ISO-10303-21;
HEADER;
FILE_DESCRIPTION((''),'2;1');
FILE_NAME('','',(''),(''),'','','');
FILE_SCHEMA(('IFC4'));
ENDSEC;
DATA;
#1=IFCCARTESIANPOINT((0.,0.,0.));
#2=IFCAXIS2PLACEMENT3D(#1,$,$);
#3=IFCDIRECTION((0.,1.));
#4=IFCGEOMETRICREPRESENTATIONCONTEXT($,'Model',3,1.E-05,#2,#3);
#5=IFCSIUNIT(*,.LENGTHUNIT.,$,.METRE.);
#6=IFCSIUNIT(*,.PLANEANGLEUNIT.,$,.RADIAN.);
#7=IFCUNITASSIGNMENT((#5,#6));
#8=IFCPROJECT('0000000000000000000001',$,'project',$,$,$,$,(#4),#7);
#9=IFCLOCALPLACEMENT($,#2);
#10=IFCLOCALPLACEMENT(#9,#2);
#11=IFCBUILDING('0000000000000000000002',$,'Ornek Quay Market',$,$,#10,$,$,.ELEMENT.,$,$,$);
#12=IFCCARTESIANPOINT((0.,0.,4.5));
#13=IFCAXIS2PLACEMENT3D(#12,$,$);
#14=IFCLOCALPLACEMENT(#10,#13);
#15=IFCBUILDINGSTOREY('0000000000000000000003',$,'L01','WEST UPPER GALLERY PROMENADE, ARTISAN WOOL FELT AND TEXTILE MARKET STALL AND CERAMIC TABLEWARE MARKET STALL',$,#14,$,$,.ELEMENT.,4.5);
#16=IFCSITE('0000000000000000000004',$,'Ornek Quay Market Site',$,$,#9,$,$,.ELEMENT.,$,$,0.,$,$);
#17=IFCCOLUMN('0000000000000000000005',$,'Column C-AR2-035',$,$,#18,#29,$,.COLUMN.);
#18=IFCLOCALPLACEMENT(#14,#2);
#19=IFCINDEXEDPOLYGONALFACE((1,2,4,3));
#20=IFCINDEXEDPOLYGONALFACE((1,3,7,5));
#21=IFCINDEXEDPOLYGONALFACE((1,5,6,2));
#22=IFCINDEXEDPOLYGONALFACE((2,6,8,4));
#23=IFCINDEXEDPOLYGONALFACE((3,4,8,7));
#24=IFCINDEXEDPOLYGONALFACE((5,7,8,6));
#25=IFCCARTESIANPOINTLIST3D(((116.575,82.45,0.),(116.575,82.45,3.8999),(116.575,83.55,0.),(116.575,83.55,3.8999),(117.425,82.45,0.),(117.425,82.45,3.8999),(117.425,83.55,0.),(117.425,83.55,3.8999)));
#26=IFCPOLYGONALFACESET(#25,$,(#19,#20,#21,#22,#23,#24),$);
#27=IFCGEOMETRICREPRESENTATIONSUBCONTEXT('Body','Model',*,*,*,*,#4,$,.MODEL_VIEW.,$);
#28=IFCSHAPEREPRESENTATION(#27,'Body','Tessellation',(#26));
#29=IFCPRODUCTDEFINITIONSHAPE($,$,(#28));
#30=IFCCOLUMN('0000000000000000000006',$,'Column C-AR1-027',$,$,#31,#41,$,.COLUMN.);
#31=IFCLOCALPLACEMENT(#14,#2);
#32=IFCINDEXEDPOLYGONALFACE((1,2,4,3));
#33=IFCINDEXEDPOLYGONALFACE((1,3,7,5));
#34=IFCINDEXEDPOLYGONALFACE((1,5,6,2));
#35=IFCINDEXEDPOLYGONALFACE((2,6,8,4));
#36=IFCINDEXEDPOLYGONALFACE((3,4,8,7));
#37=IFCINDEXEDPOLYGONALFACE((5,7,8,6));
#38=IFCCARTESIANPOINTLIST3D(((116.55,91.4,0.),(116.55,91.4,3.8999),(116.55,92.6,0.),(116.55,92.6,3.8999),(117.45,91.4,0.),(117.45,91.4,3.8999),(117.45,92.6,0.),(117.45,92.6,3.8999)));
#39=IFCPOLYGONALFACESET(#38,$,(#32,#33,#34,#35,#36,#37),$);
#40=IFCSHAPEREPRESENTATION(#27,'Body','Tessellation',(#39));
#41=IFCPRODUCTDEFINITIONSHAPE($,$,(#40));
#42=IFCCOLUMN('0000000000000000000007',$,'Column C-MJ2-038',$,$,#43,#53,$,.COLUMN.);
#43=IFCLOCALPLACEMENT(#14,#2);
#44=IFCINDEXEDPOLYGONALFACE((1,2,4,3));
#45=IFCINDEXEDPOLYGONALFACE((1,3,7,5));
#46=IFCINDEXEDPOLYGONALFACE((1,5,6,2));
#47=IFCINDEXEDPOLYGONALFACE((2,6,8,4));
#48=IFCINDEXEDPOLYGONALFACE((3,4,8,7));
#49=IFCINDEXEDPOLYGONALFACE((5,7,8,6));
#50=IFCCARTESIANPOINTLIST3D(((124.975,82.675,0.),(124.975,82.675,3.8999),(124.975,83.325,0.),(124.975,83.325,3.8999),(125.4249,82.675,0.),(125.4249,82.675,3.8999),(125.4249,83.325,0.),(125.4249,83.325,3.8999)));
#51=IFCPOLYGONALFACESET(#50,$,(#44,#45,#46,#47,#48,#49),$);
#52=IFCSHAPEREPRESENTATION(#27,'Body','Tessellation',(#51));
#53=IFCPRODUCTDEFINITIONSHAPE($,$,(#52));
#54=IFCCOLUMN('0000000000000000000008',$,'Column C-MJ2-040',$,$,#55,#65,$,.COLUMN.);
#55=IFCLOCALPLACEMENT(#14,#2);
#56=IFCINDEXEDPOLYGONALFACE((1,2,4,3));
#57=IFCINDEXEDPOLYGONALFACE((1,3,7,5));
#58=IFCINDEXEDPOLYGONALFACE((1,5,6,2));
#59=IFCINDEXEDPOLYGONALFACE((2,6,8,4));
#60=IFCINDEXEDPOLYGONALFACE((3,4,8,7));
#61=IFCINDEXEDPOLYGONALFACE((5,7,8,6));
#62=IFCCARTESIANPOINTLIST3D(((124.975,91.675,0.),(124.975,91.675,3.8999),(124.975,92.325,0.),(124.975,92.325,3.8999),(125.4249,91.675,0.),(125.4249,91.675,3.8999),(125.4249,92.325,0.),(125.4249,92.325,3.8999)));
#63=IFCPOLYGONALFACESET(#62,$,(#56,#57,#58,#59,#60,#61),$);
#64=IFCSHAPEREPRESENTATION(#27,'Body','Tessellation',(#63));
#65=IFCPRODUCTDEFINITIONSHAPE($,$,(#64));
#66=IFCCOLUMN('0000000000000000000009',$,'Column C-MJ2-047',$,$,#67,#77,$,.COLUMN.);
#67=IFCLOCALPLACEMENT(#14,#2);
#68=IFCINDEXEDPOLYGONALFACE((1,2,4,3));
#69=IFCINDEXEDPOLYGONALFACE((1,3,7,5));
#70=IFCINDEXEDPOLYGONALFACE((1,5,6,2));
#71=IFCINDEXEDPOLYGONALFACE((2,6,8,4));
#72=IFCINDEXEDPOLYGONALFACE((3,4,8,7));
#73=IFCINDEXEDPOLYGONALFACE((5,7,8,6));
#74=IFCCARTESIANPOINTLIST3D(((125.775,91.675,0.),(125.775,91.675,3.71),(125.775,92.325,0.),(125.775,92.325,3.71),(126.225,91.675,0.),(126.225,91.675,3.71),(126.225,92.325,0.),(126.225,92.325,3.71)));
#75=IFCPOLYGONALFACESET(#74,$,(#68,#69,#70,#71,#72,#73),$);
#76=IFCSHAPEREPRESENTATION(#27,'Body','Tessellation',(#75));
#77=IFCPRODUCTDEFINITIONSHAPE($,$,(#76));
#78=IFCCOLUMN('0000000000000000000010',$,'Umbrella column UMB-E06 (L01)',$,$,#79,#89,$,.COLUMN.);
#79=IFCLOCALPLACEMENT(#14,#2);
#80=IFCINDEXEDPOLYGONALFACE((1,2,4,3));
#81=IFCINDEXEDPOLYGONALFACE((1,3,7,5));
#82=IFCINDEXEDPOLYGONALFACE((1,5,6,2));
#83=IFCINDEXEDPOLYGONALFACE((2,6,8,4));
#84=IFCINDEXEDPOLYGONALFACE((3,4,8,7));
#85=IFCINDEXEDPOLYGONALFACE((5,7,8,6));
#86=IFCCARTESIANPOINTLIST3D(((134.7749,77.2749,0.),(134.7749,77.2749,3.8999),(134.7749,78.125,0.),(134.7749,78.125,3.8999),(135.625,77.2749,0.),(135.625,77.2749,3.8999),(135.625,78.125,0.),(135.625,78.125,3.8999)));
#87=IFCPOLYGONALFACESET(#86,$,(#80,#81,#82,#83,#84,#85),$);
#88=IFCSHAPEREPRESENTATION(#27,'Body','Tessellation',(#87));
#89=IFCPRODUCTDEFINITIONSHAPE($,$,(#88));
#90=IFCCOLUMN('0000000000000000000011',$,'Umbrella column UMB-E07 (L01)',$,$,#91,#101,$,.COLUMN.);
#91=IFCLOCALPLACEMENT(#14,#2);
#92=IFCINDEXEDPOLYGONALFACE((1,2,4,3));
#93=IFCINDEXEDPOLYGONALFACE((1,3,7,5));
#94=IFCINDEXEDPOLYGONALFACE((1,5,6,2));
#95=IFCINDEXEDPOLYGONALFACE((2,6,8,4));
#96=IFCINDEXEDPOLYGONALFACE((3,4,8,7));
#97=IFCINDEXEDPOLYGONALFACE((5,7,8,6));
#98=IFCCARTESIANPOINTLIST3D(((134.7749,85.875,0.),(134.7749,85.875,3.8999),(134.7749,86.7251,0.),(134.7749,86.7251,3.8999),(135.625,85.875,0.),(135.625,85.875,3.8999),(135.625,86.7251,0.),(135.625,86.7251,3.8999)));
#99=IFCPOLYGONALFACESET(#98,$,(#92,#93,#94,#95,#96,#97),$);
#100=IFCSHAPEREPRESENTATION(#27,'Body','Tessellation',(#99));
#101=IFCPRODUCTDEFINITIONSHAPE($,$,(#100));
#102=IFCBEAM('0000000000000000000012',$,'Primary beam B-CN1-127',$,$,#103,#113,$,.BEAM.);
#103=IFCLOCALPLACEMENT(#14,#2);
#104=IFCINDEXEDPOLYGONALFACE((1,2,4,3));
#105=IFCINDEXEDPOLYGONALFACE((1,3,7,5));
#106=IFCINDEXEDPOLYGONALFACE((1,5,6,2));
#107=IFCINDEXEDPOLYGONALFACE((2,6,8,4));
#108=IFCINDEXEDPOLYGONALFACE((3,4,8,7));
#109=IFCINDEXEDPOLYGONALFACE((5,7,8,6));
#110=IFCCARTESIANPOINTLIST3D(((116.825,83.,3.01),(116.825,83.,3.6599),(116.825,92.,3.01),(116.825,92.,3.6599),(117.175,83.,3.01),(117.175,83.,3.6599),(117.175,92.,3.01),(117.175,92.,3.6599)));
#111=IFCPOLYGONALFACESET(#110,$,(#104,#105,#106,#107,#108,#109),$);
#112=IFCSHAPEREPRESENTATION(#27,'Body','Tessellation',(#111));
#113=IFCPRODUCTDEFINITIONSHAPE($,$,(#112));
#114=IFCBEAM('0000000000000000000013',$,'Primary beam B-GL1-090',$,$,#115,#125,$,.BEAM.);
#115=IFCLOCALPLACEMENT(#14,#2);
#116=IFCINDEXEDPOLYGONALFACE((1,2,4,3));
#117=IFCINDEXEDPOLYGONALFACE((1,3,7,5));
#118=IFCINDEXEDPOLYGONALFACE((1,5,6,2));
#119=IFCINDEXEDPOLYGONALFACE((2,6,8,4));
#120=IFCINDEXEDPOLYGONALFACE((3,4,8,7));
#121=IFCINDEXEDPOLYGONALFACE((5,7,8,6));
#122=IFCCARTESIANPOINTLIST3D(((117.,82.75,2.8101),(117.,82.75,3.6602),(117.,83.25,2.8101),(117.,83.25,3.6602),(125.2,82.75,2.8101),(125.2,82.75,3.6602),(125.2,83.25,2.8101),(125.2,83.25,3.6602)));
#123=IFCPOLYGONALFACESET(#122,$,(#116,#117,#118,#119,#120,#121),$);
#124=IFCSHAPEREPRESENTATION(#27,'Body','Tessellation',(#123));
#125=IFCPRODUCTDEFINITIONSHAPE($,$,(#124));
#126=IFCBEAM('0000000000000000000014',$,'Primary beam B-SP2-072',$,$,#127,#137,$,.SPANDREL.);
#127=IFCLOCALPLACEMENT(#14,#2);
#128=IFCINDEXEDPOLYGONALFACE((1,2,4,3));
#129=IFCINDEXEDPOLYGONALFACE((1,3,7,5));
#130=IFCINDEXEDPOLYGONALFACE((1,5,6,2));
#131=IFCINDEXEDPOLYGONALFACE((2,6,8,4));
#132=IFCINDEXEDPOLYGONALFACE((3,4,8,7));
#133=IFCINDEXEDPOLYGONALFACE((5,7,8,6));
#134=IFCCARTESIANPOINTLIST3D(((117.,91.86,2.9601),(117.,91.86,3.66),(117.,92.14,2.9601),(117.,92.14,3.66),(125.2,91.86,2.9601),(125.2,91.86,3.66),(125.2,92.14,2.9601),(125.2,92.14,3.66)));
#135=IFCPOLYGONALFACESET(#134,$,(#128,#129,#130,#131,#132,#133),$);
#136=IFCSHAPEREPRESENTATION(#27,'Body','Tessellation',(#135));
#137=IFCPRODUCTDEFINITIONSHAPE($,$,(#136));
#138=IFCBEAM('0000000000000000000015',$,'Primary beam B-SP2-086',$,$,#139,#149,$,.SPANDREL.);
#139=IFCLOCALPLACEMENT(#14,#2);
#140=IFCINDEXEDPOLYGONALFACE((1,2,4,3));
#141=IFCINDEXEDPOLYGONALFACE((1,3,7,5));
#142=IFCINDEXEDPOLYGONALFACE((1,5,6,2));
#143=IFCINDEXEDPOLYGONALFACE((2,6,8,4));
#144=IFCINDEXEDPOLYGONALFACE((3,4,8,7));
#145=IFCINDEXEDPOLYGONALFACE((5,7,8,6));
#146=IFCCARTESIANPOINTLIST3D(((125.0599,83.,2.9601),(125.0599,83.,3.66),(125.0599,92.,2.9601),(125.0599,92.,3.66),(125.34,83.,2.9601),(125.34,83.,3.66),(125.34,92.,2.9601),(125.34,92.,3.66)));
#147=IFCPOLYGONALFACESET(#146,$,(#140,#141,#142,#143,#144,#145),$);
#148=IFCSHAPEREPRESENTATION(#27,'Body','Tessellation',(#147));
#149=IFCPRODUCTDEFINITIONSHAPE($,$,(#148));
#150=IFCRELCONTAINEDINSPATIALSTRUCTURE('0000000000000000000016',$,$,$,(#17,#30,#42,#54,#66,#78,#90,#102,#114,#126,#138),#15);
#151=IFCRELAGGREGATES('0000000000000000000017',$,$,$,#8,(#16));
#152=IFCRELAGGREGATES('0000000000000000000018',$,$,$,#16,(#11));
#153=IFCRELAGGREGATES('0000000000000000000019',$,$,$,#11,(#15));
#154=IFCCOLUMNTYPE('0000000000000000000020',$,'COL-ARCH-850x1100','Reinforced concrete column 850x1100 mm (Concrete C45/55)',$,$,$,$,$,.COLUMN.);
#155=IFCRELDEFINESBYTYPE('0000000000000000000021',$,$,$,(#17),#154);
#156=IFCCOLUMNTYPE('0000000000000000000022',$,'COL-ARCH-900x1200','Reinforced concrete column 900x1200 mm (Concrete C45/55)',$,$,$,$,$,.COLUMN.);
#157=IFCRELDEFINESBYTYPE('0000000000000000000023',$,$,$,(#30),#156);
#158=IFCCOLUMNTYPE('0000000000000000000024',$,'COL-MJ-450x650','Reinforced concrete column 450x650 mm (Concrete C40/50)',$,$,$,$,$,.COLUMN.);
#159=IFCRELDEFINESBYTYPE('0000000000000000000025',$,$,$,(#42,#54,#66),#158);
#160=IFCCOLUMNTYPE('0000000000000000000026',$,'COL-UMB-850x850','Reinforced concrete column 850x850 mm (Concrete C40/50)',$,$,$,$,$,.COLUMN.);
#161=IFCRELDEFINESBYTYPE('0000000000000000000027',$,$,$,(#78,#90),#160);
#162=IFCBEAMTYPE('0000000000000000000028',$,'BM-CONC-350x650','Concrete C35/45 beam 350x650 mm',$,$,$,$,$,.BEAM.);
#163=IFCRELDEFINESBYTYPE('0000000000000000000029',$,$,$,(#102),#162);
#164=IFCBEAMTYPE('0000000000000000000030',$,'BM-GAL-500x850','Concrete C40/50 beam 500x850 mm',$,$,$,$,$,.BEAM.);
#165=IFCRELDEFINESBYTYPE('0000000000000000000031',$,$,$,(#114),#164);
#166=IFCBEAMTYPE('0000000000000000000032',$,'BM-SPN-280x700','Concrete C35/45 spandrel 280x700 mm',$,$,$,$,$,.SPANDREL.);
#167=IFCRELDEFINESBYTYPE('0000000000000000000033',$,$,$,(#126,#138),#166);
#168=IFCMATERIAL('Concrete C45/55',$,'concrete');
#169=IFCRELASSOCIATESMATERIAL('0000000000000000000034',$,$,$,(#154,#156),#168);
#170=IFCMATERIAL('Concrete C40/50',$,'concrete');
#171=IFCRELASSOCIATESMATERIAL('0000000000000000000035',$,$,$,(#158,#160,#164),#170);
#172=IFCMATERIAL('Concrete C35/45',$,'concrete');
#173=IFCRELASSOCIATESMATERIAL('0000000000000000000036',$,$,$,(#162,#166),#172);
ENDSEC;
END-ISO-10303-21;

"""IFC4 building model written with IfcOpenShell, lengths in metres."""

from ifc_helpers import new_model, si_unit, direction, frame, origin, origin_2d, place, context, subcontext, project, spatial, rectangle, extrude, material, material_profile, profile_set, type_object, element, save


model = new_model("IFC4")

# Units and contexts
model_context = context("Model", 3, precision=1e-05, world=origin(), true_north=direction((0.0, 1.0)))
body_context = subcontext(model_context, "Body", "Model", "MODEL_VIEW")
ifc_project = project(units=[si_unit("LENGTHUNIT", "METRE"), si_unit("PLANEANGLEUNIT", "RADIAN")], contexts=[model_context])

# Site, building, storey
site_placement = place(None, origin())
site = spatial("IfcSite", under=ifc_project, at=site_placement, Name="Ornek Quay Market Site", CompositionType="ELEMENT", RefElevation=0.0)
building_placement = place(site_placement, origin())
building = spatial("IfcBuilding", under=site, at=building_placement, Name="Ornek Quay Market", CompositionType="ELEMENT")
storey_placement = place(building_placement, frame((0.0, 0.0, 4.5)))
storey = spatial("IfcBuildingStorey", under=building, at=storey_placement, Name="L01", Description="WEST UPPER GALLERY PROMENADE, ARTISAN WOOL FELT AND TEXTILE MARKET STALL AND CERAMIC TABLEWARE MARKET STALL", CompositionType="ELEMENT", Elevation=4.5)

# Columns
ifc_material_1 = material(Name="Concrete C45/55", Category="concrete")
ifc_material_profile_1 = material_profile(ifc_material_1, rectangle(XDim=0.8501, YDim=1.1001, at=origin_2d()), Name="RC 850x1100", Category="concrete")
ifc_profile_set_1 = profile_set([ifc_material_profile_1], Name="Concrete C45/55")
column_type_1 = type_object("IfcColumnType", Name="COL-ARCH-850x1100", Description="Reinforced concrete column 850x1100 mm (Concrete C45/55)", PredefinedType="COLUMN", material=ifc_profile_set_1)
column_1_placement = place(storey_placement, frame((117.0, 83.0, 0.0), z_axis=(0.0, 0.0, 1.0), x_axis=(1.0, 0.0, 0.0)))
element("IfcColumn", 1, at=column_1_placement, inside=storey, type_object=column_type_1, Name="Column C-AR2-035", PredefinedType="COLUMN", context=body_context, shape_type="SweptSolid", body=[
    extrude(rectangle(XDim=0.8501, YDim=1.1001, at=origin_2d()), origin(), (0.0, 0.0, 1.0), 3.8999),
])
ifc_material_profile_2 = material_profile(ifc_material_1, rectangle(XDim=0.8999, YDim=1.2, at=origin_2d()), Name="RC 900x1200", Category="concrete")
ifc_profile_set_2 = profile_set([ifc_material_profile_2], Name="Concrete C45/55")
column_type_2 = type_object("IfcColumnType", Name="COL-ARCH-900x1200", Description="Reinforced concrete column 900x1200 mm (Concrete C45/55)", PredefinedType="COLUMN", material=ifc_profile_set_2)
column_2_placement = place(storey_placement, frame((117.0, 92.0, 0.0), z_axis=(0.0, 0.0, 1.0), x_axis=(1.0, 0.0, 0.0)))
element("IfcColumn", 2, at=column_2_placement, inside=storey, type_object=column_type_2, Name="Column C-AR1-027", PredefinedType="COLUMN", context=body_context, shape_type="SweptSolid", body=[
    extrude(rectangle(XDim=0.8999, YDim=1.2, at=origin_2d()), origin(), (0.0, 0.0, 1.0), 3.8999),
])
ifc_material_2 = material(Name="Concrete C40/50", Category="concrete")
ifc_material_profile_3 = material_profile(ifc_material_2, rectangle(XDim=0.45, YDim=0.6499, at=origin_2d()), Name="RC 450x650", Category="concrete")
ifc_profile_set_3 = profile_set([ifc_material_profile_3], Name="Concrete C40/50")
column_type_3 = type_object("IfcColumnType", Name="COL-MJ-450x650", Description="Reinforced concrete column 450x650 mm (Concrete C40/50)", PredefinedType="COLUMN", material=ifc_profile_set_3)
for number, where, z_axis, x_axis, name in (
    (3, (125.2, 83.0, 0.0), (0.0, 0.0, 1.0), (1.0, 0.0, 0.0), "Column C-MJ2-038"),
    (4, (125.2, 92.0, 0.0), (0.0, 0.0, 1.0), (1.0, 0.0, 0.0), "Column C-MJ2-040"),
):
    element("IfcColumn", number, at=place(storey_placement, frame(where, z_axis=z_axis, x_axis=x_axis)), inside=storey, type_object=column_type_3, Name=name, PredefinedType="COLUMN", context=body_context, shape_type="SweptSolid", body=[
        extrude(rectangle(XDim=0.45, YDim=0.6499, at=origin_2d()), origin(), (0.0, 0.0, 1.0), 3.8999),
    ])
column_3_placement = place(storey_placement, frame((126.0, 92.0, 0.0), z_axis=(0.0, 0.0, 1.0), x_axis=(1.0, 0.0, 0.0)))
element("IfcColumn", 5, at=column_3_placement, inside=storey, type_object=column_type_3, Name="Column C-MJ2-047", PredefinedType="COLUMN", context=body_context, shape_type="SweptSolid", body=[
    extrude(rectangle(XDim=0.45, YDim=0.6499, at=origin_2d()), origin(), (0.0, 0.0, 1.0), 3.71),
])
ifc_material_profile_4 = material_profile(ifc_material_2, rectangle(XDim=0.8501, YDim=0.8501, at=origin_2d()), Name="RC 850x850", Category="concrete")
ifc_profile_set_4 = profile_set([ifc_material_profile_4], Name="Concrete C40/50")
column_type_4 = type_object("IfcColumnType", Name="COL-UMB-850x850", Description="Reinforced concrete column 850x850 mm (Concrete C40/50)", PredefinedType="COLUMN", material=ifc_profile_set_4)
for number, where, z_axis, x_axis, name in (
    (6, (135.2, 77.7, 0.0), (0.0, 0.0, 1.0), (1.0, 0.0, 0.0), "Umbrella column UMB-E06 (L01)"),
    (7, (135.2, 86.3, 0.0), (0.0, 0.0, 1.0), (1.0, 0.0, 0.0), "Umbrella column UMB-E07 (L01)"),
):
    element("IfcColumn", number, at=place(storey_placement, frame(where, z_axis=z_axis, x_axis=x_axis)), inside=storey, type_object=column_type_4, Name=name, PredefinedType="COLUMN", context=body_context, shape_type="SweptSolid", body=[
        extrude(rectangle(XDim=0.8501, YDim=0.8501, at=origin_2d()), origin(), (0.0, 0.0, 1.0), 3.8999),
    ])

# Beams
ifc_material_3 = material(Name="Concrete C35/45", Category="concrete")
ifc_material_profile_5 = material_profile(ifc_material_3, rectangle(XDim=0.3501, YDim=0.6499, at=origin_2d()), Name="RC 350x650", Category="concrete")
ifc_profile_set_5 = profile_set([ifc_material_profile_5], Name="Concrete C35/45")
beam_type_1 = type_object("IfcBeamType", Name="BM-CONC-350x650", Description="Concrete C35/45 beam 350x650 mm", PredefinedType="BEAM", material=ifc_profile_set_5)
beam_1_placement = place(storey_placement, frame((117.0, 83.0, 3.335), z_axis=(0.0, 1.0, 0.0), x_axis=(-1.0, 0.0, 0.0)))
element("IfcBeam", 8, at=beam_1_placement, inside=storey, type_object=beam_type_1, Name="Primary beam B-CN1-127", PredefinedType="BEAM", context=body_context, shape_type="SweptSolid", body=[
    extrude(rectangle(XDim=0.3501, YDim=0.6499, at=origin_2d()), origin(), (0.0, 0.0, 1.0), 9.0),
])
ifc_material_profile_6 = material_profile(ifc_material_2, rectangle(XDim=0.5, YDim=0.8501, at=origin_2d()), Name="RC 500x850", Category="concrete")
ifc_profile_set_6 = profile_set([ifc_material_profile_6], Name="Concrete C40/50")
beam_type_2 = type_object("IfcBeamType", Name="BM-GAL-500x850", Description="Concrete C40/50 beam 500x850 mm", PredefinedType="BEAM", material=ifc_profile_set_6)
beam_2_placement = place(storey_placement, frame((117.0, 83.0, 3.2351), z_axis=(1.0, 0.0, 0.0), x_axis=(0.0, 1.0, 0.0)))
element("IfcBeam", 9, at=beam_2_placement, inside=storey, type_object=beam_type_2, Name="Primary beam B-GL1-090", PredefinedType="BEAM", context=body_context, shape_type="SweptSolid", body=[
    extrude(rectangle(XDim=0.5, YDim=0.8501, at=origin_2d()), origin(), (0.0, 0.0, 1.0), 8.2),
])
ifc_material_profile_7 = material_profile(ifc_material_3, rectangle(XDim=0.28, YDim=0.7, at=origin_2d()), Name="RC 280x700", Category="concrete")
ifc_profile_set_7 = profile_set([ifc_material_profile_7], Name="Concrete C35/45")
beam_type_3 = type_object("IfcBeamType", Name="BM-SPN-280x700", Description="Concrete C35/45 spandrel 280x700 mm", PredefinedType="SPANDREL", material=ifc_profile_set_7)
beam_3_placement = place(storey_placement, frame((117.0, 92.0, 3.3101), z_axis=(1.0, 0.0, 0.0), x_axis=(0.0, 1.0, 0.0)))
element("IfcBeam", 10, at=beam_3_placement, inside=storey, type_object=beam_type_3, Name="Primary beam B-SP2-072", PredefinedType="SPANDREL", context=body_context, shape_type="SweptSolid", body=[
    extrude(rectangle(XDim=0.28, YDim=0.7, at=origin_2d()), origin(), (0.0, 0.0, 1.0), 8.2),
])
beam_4_placement = place(storey_placement, frame((125.2, 83.0, 3.3101), z_axis=(0.0, 1.0, 0.0), x_axis=(-1.0, 0.0, 0.0)))
element("IfcBeam", 11, at=beam_4_placement, inside=storey, type_object=beam_type_3, Name="Primary beam B-SP2-086", PredefinedType="SPANDREL", context=body_context, shape_type="SweptSolid", body=[
    extrude(rectangle(XDim=0.28, YDim=0.7, at=origin_2d()), origin(), (0.0, 0.0, 1.0), 9.0),
])

save(model, "model.ifc")
